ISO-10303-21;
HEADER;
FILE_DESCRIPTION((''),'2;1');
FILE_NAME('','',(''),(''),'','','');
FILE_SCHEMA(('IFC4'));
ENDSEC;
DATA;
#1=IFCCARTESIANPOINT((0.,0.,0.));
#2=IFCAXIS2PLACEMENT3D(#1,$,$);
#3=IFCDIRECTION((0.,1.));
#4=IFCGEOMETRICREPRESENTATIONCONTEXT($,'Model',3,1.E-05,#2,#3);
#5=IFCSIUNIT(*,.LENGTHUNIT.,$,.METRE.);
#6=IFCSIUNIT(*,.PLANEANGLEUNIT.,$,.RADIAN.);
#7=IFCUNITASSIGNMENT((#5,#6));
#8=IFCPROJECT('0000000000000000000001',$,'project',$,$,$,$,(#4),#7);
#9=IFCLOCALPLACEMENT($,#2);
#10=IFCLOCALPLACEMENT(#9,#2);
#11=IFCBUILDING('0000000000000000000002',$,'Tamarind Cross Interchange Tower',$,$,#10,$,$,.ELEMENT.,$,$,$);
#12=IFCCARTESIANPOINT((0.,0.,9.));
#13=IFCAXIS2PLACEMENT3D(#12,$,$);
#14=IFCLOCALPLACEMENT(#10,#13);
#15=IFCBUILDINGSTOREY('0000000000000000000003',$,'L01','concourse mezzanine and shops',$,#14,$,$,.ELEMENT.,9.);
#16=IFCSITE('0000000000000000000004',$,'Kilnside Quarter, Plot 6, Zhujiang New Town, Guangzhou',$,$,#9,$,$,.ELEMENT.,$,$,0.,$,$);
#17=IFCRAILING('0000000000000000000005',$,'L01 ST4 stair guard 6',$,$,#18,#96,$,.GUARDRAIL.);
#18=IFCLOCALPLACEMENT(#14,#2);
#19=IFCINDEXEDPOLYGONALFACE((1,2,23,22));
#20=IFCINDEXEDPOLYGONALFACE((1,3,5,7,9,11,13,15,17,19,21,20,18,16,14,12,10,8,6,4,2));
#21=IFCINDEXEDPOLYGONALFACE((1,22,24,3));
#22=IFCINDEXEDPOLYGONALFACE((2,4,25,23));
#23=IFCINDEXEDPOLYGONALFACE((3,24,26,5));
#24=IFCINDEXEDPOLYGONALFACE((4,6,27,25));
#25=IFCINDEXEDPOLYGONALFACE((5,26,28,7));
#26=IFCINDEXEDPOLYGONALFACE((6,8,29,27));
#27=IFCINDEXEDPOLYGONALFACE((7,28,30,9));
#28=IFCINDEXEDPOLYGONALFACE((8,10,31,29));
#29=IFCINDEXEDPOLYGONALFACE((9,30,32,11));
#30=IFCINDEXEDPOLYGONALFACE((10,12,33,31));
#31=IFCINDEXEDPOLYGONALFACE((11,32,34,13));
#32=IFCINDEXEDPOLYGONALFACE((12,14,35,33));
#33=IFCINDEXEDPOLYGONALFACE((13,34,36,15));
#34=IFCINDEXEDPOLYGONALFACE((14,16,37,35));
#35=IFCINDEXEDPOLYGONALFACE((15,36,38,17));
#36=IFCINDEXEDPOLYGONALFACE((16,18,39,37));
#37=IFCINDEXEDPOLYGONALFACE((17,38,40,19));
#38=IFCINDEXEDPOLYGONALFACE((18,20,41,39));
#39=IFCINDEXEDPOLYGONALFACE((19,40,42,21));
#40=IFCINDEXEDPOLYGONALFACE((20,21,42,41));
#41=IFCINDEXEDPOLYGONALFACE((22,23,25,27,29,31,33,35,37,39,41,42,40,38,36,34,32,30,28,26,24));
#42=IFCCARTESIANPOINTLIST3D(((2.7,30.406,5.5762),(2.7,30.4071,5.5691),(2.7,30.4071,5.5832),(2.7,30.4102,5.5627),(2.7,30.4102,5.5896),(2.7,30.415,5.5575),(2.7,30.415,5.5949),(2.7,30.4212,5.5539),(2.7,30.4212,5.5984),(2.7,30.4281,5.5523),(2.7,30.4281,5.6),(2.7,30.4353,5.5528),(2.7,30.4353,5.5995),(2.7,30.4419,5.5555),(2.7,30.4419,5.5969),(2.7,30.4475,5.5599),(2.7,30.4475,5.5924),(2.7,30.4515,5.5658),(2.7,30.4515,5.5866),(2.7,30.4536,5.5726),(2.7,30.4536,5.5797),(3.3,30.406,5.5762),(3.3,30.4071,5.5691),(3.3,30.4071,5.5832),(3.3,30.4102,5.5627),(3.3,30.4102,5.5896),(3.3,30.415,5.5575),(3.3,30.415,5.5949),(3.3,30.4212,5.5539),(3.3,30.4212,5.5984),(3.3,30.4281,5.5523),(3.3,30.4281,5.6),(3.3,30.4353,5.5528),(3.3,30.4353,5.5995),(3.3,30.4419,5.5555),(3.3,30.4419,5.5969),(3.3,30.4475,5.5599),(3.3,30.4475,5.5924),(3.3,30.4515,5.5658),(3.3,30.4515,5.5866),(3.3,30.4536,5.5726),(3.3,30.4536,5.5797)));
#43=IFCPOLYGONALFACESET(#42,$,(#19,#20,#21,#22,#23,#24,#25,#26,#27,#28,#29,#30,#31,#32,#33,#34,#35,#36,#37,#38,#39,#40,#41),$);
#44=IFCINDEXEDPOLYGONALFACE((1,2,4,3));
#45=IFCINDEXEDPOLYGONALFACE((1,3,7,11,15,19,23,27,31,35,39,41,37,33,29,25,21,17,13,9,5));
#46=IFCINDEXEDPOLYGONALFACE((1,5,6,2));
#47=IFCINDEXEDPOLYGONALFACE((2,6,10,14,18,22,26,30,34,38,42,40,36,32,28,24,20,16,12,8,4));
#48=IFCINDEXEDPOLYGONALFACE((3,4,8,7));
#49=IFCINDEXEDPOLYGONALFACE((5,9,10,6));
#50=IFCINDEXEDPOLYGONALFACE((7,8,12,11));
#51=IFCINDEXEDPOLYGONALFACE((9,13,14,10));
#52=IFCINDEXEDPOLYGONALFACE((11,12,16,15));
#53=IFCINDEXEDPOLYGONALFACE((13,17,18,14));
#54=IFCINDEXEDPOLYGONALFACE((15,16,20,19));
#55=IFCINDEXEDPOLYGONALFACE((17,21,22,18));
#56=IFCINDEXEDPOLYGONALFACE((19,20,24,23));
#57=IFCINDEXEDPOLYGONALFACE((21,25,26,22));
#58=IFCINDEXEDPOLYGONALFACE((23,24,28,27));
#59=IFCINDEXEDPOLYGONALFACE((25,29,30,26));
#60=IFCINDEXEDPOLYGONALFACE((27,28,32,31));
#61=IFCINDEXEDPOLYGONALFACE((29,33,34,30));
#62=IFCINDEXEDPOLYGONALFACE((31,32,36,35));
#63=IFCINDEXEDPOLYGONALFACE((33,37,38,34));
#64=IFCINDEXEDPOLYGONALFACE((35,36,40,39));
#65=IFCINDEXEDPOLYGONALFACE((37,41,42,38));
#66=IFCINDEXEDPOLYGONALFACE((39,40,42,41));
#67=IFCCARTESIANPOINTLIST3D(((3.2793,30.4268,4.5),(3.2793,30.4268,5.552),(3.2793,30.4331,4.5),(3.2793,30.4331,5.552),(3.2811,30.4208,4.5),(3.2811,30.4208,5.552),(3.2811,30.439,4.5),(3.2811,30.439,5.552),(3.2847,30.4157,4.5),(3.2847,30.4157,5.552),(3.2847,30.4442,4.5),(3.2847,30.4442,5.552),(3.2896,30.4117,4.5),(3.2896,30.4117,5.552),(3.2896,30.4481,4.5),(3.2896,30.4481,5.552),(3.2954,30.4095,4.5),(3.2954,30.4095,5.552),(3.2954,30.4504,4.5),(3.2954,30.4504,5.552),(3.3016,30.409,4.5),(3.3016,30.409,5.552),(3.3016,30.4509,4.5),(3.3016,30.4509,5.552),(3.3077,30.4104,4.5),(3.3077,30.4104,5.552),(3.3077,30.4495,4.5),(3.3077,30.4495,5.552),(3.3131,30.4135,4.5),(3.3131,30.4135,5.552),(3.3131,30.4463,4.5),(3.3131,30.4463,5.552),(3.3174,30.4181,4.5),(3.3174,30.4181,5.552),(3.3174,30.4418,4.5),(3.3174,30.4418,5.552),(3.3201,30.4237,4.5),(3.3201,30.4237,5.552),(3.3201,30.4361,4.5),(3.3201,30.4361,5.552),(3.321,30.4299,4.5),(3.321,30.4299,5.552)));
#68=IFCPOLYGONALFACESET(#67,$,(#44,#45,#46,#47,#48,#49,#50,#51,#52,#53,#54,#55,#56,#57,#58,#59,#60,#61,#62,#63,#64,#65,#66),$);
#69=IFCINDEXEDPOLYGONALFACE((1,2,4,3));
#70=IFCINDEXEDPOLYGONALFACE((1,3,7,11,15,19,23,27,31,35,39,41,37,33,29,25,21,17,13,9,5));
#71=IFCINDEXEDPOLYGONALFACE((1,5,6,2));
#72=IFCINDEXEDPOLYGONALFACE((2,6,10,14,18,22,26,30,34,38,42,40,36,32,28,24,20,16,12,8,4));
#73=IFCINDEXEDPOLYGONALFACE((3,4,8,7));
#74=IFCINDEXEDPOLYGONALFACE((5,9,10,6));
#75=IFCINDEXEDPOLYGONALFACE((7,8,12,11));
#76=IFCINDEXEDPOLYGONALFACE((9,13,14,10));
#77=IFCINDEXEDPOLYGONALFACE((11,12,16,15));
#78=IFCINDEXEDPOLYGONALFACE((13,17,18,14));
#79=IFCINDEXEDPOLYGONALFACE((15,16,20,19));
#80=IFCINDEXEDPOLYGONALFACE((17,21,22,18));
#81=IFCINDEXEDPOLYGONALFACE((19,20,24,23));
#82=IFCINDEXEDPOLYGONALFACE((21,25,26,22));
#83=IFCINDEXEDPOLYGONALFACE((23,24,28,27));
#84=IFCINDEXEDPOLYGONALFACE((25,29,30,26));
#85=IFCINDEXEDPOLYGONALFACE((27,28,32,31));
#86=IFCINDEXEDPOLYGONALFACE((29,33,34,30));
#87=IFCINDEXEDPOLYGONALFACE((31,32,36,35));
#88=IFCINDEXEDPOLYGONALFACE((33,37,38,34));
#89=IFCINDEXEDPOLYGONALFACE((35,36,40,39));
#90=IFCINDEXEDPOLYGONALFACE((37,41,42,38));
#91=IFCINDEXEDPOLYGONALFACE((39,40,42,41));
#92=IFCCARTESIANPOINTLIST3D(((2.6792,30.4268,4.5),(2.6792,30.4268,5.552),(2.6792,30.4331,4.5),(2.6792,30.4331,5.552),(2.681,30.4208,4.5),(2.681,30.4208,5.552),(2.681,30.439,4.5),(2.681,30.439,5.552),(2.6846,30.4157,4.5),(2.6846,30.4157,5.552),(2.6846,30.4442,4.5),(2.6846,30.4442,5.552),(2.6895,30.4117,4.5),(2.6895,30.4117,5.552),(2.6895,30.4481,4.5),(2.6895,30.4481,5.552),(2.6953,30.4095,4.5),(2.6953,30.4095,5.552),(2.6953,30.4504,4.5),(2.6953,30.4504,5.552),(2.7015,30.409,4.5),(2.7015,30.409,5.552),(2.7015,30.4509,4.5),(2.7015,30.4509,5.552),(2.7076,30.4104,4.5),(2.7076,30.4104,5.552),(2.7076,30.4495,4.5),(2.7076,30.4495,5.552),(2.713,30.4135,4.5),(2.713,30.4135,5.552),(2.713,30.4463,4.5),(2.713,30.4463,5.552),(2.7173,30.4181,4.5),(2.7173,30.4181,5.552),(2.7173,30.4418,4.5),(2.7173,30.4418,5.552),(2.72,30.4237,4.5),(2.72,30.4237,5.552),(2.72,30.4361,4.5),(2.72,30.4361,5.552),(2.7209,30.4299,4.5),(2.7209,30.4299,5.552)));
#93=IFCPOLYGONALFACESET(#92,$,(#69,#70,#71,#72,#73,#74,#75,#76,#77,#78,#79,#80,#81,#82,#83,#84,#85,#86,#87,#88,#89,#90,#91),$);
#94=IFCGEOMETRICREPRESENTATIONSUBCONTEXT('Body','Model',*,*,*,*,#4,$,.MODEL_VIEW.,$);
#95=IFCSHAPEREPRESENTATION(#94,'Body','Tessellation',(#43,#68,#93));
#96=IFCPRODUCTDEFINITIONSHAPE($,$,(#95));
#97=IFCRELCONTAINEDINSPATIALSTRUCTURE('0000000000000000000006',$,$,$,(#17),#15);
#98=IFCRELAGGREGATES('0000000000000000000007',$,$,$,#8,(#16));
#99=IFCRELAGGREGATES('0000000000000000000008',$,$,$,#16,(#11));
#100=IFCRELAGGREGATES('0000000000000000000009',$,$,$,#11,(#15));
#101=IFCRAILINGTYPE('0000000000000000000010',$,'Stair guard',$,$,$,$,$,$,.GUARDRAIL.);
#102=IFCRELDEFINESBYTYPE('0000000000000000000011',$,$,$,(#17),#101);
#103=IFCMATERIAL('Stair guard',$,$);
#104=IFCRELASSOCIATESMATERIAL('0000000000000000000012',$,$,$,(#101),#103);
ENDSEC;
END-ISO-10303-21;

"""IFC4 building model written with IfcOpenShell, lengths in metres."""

from ifc_helpers import new_model, si_unit, direction, frame, origin, origin_2d, place, context, subcontext, project, spatial, circle, extrude, material, type_object, element, save


model = new_model("IFC4")

# Units and contexts
model_context = context("Model", 3, precision=1e-05, world=origin(), true_north=direction((0.0, 1.0)))
body_context = subcontext(model_context, "Body", "Model", "MODEL_VIEW")
ifc_project = project(units=[si_unit("LENGTHUNIT", "METRE"), si_unit("PLANEANGLEUNIT", "RADIAN")], contexts=[model_context])

# Site, building, storey
site_placement = place(None, origin())
site = spatial("IfcSite", under=ifc_project, at=site_placement, Name="Kilnside Quarter, Plot 6, Zhujiang New Town, Guangzhou", CompositionType="ELEMENT", RefElevation=0.0)
building_placement = place(site_placement, origin())
building = spatial("IfcBuilding", under=site, at=building_placement, Name="Tamarind Cross Interchange Tower", CompositionType="ELEMENT")
storey_placement = place(building_placement, frame((0.0, 0.0, 9.0)))
storey = spatial("IfcBuildingStorey", under=building, at=storey_placement, Name="L01", Description="concourse mezzanine and shops", CompositionType="ELEMENT", Elevation=9.0)

# Railing
ifc_material_1 = material(Name="Stair guard")
railing_type_1 = type_object("IfcRailingType", Name="Stair guard", PredefinedType="GUARDRAIL", material=ifc_material_1)
railing_1_placement = place(storey_placement, frame((3.3, 30.4299, 4.5)))
element("IfcRailing", 1, at=railing_1_placement, inside=storey, type_object=railing_type_1, Name="L01 ST4 stair guard 6", PredefinedType="GUARDRAIL", context=body_context, shape_type="SweptSolid", body=[
    extrude(circle(Radius=0.0239, at=origin_2d()), frame((0.0, 0.0, 1.0762), z_axis=(-1.0, 0.0, 0.0), x_axis=(0.0, -1.0, 0.0)), (0.0, 0.0, 1.0), 0.6001),
    extrude(circle(Radius=0.021, at=origin_2d()), origin(), (0.0, 0.0, 1.0), 1.052),
    extrude(circle(Radius=0.021, at=origin_2d()), frame((-0.6001, 0.0, 0.0)), (0.0, 0.0, 1.0), 1.052),
])

save(model, "model.ifc")
